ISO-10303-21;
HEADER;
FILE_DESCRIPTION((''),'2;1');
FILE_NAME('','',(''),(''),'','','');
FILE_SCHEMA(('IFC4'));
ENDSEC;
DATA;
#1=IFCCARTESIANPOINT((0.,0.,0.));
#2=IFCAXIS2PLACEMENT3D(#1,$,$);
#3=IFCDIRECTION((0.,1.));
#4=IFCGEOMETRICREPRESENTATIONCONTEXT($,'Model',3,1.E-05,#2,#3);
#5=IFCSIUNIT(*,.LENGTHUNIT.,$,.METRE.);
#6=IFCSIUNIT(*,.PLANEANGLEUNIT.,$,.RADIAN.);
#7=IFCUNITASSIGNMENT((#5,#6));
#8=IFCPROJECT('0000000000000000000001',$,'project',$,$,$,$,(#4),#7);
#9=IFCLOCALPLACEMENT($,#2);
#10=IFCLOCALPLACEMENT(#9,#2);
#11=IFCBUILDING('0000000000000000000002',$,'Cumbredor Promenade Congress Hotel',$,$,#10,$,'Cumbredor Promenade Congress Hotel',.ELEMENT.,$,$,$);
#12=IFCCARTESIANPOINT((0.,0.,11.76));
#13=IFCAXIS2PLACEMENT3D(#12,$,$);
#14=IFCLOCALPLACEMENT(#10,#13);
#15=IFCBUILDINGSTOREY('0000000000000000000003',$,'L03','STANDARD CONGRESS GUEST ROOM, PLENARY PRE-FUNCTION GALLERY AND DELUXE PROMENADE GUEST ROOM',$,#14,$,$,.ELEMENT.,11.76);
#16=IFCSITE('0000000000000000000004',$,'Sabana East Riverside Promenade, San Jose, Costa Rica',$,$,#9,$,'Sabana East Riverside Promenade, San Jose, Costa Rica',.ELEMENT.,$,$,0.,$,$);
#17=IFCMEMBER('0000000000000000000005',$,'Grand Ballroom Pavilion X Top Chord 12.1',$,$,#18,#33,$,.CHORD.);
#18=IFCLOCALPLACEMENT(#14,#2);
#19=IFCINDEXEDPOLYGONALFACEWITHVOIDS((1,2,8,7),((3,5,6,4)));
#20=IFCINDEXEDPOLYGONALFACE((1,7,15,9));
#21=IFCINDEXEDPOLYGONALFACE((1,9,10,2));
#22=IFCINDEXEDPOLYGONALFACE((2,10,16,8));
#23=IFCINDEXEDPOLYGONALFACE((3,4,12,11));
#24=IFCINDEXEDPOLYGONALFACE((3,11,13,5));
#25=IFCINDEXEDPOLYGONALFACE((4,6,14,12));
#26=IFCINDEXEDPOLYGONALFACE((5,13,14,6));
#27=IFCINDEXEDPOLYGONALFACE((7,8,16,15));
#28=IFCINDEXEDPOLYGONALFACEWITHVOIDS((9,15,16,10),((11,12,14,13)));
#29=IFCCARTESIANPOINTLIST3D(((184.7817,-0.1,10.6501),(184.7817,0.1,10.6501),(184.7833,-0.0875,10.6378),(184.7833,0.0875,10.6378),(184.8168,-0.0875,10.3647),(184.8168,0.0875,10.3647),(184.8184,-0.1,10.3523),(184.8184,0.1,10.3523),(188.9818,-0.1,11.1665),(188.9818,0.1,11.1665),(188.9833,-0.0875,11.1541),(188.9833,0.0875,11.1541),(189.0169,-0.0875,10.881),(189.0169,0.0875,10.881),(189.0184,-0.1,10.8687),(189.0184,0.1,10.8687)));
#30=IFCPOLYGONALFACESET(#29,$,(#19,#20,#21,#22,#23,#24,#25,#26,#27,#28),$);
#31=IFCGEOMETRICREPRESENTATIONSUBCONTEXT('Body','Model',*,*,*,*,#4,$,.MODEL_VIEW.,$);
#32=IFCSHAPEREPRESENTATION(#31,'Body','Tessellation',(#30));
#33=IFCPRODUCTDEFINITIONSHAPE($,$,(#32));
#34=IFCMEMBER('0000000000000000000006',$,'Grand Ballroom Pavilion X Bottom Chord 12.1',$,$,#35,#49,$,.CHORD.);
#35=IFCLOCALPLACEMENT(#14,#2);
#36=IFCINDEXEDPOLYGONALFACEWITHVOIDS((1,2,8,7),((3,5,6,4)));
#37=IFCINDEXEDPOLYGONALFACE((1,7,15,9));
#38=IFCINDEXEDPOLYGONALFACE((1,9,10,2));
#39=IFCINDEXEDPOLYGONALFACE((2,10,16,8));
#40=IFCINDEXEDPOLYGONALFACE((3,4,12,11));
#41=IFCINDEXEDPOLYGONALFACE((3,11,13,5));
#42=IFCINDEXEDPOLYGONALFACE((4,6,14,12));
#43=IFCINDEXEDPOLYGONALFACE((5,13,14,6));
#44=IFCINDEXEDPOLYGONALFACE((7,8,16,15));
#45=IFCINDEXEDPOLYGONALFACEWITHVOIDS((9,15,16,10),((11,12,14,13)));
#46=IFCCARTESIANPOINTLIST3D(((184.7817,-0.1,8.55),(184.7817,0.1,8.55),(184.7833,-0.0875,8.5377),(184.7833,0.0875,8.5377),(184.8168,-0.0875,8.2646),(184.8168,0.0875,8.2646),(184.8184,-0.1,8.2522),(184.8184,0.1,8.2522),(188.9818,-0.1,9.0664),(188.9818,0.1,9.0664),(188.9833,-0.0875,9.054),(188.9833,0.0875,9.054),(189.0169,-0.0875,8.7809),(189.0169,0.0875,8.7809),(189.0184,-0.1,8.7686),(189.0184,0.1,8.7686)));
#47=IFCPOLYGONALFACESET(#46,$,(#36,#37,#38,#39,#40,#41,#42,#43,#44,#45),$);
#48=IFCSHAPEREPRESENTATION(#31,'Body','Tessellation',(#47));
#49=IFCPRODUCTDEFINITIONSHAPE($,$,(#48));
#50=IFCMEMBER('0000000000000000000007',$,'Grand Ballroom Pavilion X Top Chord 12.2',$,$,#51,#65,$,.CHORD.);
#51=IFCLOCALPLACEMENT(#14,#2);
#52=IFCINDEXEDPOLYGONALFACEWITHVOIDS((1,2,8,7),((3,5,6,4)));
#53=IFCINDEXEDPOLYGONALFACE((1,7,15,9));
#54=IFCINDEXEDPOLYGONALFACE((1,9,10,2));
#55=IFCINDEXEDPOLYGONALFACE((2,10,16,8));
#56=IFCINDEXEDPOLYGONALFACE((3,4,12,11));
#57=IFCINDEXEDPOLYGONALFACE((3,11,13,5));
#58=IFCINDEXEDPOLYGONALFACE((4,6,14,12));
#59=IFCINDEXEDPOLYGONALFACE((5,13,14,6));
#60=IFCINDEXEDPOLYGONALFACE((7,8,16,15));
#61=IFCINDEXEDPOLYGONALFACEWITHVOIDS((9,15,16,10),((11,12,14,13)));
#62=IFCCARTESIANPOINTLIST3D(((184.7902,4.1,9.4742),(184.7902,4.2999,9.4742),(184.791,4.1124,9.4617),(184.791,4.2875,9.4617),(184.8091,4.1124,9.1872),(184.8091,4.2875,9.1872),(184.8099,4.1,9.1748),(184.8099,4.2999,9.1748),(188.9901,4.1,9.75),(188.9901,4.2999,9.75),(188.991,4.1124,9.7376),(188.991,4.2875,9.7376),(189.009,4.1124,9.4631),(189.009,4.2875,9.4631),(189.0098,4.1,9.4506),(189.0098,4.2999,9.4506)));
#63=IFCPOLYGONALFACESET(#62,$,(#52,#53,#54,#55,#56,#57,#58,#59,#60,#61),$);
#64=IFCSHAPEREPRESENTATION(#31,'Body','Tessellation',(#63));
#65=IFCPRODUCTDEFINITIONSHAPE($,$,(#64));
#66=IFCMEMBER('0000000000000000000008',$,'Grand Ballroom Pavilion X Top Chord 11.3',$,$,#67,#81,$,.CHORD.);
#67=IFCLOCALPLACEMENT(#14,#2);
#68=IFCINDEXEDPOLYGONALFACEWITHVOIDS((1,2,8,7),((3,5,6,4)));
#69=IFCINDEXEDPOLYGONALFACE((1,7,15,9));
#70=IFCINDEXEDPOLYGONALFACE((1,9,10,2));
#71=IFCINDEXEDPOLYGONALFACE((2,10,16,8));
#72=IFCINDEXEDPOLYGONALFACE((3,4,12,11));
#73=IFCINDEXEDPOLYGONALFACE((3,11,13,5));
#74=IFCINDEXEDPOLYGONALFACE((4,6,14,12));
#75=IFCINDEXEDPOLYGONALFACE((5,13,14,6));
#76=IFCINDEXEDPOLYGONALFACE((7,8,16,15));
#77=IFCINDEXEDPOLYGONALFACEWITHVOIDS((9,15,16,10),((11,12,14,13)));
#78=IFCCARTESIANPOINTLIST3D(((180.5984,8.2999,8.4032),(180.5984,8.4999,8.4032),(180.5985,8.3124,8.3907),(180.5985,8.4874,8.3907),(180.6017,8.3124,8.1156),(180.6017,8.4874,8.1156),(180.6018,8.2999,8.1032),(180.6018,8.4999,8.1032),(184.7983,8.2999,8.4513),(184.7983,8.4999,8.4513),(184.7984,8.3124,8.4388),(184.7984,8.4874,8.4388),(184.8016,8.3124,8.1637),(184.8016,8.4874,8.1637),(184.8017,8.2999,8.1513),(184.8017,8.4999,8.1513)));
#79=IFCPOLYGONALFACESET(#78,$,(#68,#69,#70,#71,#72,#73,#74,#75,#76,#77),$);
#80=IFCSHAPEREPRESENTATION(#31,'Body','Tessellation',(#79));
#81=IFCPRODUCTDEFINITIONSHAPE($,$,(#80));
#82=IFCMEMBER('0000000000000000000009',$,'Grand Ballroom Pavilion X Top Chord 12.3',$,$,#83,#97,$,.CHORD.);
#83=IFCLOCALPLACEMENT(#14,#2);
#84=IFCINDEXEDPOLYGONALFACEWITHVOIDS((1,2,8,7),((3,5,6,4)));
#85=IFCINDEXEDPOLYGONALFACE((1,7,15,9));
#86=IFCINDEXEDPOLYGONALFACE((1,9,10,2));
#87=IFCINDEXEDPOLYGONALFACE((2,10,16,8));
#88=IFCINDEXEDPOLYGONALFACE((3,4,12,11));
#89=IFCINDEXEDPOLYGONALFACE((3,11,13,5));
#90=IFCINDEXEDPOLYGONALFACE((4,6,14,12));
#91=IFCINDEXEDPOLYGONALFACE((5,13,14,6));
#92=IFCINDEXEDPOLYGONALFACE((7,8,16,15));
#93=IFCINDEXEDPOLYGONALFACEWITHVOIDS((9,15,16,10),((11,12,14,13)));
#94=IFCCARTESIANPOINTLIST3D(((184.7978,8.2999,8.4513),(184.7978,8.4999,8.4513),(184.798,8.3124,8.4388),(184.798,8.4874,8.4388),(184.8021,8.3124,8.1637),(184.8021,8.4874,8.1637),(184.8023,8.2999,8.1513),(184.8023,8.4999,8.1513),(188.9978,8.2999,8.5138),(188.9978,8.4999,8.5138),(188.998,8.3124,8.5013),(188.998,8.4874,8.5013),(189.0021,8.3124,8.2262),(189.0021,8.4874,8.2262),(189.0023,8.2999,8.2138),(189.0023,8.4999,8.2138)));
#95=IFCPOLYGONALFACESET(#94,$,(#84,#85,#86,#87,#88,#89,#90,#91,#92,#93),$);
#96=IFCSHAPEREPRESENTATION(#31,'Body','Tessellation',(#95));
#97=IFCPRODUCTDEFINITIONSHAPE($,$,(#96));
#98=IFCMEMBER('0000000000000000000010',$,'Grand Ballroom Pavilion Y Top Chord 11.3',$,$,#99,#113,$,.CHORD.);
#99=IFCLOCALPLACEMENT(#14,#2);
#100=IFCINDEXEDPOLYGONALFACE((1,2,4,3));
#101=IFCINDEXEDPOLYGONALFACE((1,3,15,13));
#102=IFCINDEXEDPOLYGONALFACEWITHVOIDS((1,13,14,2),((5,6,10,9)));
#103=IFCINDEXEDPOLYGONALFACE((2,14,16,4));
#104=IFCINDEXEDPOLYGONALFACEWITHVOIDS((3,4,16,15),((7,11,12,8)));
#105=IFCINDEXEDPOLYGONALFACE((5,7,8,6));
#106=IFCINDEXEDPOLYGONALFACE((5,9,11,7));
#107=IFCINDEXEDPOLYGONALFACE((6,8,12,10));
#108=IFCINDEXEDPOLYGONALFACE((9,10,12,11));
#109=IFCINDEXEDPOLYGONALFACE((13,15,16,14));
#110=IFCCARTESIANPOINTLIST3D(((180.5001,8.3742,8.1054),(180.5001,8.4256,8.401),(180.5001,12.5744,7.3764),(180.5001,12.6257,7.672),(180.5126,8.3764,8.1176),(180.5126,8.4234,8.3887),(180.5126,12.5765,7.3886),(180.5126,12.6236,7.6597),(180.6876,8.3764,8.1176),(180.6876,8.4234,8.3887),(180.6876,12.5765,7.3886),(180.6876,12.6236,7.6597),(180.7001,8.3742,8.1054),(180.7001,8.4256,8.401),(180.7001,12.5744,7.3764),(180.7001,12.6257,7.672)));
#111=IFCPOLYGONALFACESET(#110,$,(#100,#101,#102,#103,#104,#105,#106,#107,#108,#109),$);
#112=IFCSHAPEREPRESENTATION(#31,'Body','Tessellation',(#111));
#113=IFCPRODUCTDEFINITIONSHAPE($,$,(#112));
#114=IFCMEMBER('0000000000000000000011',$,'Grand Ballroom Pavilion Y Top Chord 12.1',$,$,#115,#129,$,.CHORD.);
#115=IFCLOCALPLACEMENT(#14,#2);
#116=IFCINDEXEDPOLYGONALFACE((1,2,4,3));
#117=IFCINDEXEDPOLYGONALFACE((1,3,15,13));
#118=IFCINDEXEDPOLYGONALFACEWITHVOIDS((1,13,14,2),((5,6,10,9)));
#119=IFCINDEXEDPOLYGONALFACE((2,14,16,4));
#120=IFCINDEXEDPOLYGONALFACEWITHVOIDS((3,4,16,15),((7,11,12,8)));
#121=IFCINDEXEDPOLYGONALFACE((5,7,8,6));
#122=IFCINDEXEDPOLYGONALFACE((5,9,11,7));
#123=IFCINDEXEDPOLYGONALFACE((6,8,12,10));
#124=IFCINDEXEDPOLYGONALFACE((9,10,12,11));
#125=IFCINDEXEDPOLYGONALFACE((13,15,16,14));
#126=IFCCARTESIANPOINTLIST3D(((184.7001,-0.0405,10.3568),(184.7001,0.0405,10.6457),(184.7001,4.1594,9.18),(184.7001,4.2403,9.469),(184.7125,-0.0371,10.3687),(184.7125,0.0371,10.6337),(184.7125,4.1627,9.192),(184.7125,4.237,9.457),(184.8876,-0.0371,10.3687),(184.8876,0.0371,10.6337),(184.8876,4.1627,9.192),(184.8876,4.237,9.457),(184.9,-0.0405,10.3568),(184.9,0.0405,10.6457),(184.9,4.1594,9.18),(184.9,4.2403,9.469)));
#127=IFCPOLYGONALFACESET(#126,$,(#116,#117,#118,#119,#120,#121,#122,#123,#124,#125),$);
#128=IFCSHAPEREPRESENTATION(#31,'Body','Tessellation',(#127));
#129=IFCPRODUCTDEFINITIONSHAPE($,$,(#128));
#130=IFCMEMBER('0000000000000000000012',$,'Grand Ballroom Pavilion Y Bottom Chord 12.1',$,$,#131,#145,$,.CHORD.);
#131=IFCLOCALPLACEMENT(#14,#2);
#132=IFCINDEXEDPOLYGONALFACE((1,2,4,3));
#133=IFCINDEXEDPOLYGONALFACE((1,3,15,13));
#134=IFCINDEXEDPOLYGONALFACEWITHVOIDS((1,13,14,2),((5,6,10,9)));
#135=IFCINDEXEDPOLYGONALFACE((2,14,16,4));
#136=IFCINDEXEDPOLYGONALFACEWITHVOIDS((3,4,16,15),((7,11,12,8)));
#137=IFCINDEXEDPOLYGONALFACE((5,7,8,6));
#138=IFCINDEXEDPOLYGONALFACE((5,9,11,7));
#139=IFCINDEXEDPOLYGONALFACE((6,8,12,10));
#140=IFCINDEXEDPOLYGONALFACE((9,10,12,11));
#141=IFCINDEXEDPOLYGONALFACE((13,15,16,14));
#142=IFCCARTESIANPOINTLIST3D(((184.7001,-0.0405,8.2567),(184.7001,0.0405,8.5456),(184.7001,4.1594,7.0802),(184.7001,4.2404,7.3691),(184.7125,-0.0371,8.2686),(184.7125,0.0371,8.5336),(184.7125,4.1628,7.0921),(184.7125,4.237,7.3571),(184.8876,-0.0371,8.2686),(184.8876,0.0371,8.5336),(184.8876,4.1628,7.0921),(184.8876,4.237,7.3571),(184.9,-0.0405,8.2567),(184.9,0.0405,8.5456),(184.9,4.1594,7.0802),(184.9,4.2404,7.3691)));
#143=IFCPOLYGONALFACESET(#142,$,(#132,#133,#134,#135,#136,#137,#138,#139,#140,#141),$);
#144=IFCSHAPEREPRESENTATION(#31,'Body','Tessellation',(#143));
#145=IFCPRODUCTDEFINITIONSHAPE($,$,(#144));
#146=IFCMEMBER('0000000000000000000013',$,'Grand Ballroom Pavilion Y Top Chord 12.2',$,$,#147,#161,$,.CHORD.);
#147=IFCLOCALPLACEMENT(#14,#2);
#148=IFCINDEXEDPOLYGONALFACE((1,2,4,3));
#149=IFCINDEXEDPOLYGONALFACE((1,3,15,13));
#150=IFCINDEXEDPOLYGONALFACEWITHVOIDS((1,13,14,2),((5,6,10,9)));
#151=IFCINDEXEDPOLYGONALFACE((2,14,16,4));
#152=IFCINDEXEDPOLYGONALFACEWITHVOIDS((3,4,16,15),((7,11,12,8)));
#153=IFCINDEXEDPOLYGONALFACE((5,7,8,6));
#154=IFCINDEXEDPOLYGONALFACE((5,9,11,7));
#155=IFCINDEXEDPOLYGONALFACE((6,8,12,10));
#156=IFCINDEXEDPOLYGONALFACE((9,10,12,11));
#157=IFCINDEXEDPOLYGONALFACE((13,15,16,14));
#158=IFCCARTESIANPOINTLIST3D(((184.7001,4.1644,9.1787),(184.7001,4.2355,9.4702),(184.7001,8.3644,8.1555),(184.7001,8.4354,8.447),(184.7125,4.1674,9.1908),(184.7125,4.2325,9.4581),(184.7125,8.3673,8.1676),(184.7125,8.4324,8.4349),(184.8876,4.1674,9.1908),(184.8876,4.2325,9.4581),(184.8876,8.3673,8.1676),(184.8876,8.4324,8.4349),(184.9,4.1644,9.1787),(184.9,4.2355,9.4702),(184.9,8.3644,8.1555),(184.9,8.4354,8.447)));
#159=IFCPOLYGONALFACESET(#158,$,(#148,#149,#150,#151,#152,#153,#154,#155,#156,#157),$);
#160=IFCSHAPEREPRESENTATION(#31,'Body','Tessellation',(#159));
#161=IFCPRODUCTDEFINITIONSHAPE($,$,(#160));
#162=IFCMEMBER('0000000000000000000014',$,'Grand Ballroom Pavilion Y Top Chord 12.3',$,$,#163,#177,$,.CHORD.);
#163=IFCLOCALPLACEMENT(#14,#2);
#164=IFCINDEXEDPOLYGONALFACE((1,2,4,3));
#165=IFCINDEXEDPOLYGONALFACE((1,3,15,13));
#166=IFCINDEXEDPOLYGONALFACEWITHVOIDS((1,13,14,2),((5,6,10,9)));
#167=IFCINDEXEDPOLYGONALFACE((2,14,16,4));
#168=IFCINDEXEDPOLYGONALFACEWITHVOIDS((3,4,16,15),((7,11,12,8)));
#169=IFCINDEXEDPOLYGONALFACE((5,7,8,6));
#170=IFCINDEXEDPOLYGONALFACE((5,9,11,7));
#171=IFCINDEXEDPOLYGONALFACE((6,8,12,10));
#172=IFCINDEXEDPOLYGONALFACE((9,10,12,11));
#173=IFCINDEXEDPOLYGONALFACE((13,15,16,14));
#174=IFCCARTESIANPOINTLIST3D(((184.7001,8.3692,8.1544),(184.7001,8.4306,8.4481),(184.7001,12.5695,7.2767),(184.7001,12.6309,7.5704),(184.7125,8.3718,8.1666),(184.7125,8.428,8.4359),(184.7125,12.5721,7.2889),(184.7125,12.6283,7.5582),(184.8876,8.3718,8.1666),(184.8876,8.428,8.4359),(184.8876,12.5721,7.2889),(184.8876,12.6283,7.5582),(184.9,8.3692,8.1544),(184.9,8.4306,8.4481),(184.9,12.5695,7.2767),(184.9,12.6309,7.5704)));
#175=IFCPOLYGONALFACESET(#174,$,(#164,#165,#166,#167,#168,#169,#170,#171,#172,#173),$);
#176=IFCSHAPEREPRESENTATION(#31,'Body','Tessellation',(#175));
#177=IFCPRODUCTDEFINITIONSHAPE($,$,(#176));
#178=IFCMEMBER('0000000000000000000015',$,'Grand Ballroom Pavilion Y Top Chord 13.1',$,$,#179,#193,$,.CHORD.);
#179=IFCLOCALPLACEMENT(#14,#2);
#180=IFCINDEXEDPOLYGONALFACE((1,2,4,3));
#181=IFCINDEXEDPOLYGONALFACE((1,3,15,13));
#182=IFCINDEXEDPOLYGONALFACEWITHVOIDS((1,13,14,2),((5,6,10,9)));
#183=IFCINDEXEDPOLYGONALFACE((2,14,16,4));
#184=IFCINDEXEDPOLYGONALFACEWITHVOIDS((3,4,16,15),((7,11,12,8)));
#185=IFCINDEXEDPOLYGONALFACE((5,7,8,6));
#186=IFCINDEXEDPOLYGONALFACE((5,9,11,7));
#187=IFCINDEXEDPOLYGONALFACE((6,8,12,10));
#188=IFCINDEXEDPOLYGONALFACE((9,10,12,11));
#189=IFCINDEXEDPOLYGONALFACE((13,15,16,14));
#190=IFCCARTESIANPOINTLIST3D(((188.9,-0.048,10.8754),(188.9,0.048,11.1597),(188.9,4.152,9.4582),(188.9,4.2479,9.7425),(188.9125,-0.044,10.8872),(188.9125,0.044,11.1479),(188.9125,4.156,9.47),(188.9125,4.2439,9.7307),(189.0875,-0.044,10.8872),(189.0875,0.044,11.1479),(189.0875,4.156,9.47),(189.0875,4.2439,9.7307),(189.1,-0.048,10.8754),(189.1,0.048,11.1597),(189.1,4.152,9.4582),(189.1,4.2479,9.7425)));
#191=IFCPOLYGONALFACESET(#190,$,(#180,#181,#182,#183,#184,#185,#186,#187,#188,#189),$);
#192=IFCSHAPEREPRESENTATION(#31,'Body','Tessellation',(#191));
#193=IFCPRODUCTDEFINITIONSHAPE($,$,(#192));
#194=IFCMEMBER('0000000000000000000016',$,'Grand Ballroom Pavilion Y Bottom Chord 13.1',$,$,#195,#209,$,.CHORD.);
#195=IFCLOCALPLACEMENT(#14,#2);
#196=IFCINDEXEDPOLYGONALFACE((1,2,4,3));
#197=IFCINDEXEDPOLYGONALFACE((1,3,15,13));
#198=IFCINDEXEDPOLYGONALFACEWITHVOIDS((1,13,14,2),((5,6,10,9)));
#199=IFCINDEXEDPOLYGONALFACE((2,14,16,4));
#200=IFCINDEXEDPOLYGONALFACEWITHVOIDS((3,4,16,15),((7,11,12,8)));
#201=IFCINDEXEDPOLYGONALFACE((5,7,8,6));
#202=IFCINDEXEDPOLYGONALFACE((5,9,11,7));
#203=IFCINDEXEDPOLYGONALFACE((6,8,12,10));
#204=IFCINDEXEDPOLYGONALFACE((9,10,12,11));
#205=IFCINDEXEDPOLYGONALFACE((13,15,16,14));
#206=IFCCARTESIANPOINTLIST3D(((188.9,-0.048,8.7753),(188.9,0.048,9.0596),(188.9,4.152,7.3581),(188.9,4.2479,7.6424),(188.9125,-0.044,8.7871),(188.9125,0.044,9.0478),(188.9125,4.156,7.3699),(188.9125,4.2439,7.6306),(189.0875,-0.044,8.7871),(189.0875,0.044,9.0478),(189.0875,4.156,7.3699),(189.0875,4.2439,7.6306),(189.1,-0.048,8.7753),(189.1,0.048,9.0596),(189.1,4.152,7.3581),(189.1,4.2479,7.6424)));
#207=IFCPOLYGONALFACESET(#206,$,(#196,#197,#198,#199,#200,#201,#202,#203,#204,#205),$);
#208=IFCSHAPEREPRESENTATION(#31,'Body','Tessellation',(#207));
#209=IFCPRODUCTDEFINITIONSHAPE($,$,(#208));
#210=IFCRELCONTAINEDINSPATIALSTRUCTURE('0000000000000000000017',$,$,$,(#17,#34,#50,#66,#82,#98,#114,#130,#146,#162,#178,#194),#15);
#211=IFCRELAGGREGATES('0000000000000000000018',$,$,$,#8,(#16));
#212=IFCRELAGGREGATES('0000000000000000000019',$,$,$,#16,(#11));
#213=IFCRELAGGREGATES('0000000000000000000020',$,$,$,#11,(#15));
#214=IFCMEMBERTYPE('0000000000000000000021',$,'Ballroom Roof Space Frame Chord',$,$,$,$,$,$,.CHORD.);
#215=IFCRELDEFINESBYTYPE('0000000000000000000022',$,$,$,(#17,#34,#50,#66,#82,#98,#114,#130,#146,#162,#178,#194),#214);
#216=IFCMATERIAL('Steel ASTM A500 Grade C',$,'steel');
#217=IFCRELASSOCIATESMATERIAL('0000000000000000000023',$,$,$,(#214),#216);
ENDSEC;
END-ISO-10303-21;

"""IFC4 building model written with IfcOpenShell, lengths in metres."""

from ifc_helpers import new_model, si_unit, direction, frame, origin, origin_2d, place, context, subcontext, project, spatial, hollow_rectangle, extrude, material, material_profile, profile_set, type_object, element, save


model = new_model("IFC4")

# Units and contexts
model_context = context("Model", 3, precision=1e-05, world=origin(), true_north=direction((0.0, 1.0)))
body_context = subcontext(model_context, "Body", "Model", "MODEL_VIEW")
ifc_project = project(units=[si_unit("LENGTHUNIT", "METRE"), si_unit("PLANEANGLEUNIT", "RADIAN")], contexts=[model_context])

# Site, building, storey
site_placement = place(None, origin())
site = spatial("IfcSite", under=ifc_project, at=site_placement, Name="Sabana East Riverside Promenade, San Jose, Costa Rica", LongName="Sabana East Riverside Promenade, San Jose, Costa Rica", CompositionType="ELEMENT", RefElevation=0.0)
building_placement = place(site_placement, origin())
building = spatial("IfcBuilding", under=site, at=building_placement, Name="Cumbredor Promenade Congress Hotel", LongName="Cumbredor Promenade Congress Hotel", CompositionType="ELEMENT")
storey_placement = place(building_placement, frame((0.0, 0.0, 11.76)))
storey = spatial("IfcBuildingStorey", under=building, at=storey_placement, Name="L03", Description="STANDARD CONGRESS GUEST ROOM, PLENARY PRE-FUNCTION GALLERY AND DELUXE PROMENADE GUEST ROOM", CompositionType="ELEMENT", Elevation=11.76)

# Members
ifc_material_1 = material(Name="Steel ASTM A500 Grade C", Category="steel")
ifc_material_profile_1 = material_profile(ifc_material_1, hollow_rectangle(XDim=0.2, YDim=0.3, WallThickness=0.0125, at=origin_2d()), Name="HSS 300x200x12.5")
ifc_profile_set_1 = profile_set([ifc_material_profile_1], Name="Steel ASTM A500 Grade C")
member_type_1 = type_object("IfcMemberType", Name="Ballroom Roof Space Frame Chord", PredefinedType="CHORD", material=ifc_profile_set_1)
for number, where, z_axis, x_axis, name in (
    (1, (184.8, 0.0, 10.5012), (0.992527, 0.0, 0.122025), (0.0, 1.0, 0.0), "Grand Ballroom Pavilion X Top Chord 12.1"),
    (2, (184.8, 0.0, 8.4011), (0.992527, 0.0, 0.122025), (0.0, 1.0, 0.0), "Grand Ballroom Pavilion X Bottom Chord 12.1"),
):
    element("IfcMember", number, at=place(storey_placement, frame(where, z_axis=z_axis, x_axis=x_axis)), inside=storey, type_object=member_type_1, Name=name, PredefinedType="CHORD", context=body_context, shape_type="SweptSolid", body=[
        extrude(hollow_rectangle(XDim=0.2, YDim=0.3, WallThickness=0.0125, at=origin_2d()), origin(), (0.0, 0.0, 1.0), 4.2317),
    ])
member_1_placement = place(storey_placement, frame((184.8, 4.2, 9.3245), z_axis=(0.99785, 0.0, 0.065545), x_axis=(0.0, 1.0, 0.0)))
element("IfcMember", 3, at=member_1_placement, inside=storey, type_object=member_type_1, Name="Grand Ballroom Pavilion X Top Chord 12.2", PredefinedType="CHORD", context=body_context, shape_type="SweptSolid", body=[
    extrude(hollow_rectangle(XDim=0.2, YDim=0.3, WallThickness=0.0125, at=origin_2d()), origin(), (0.0, 0.0, 1.0), 4.209),
])
member_2_placement = place(storey_placement, frame((180.6001, 8.3999, 8.2532), z_axis=(0.999934, 0.0, 0.011451), x_axis=(0.0, 1.0, 0.0)))
element("IfcMember", 4, at=member_2_placement, inside=storey, type_object=member_type_1, Name="Grand Ballroom Pavilion X Top Chord 11.3", PredefinedType="CHORD", context=body_context, shape_type="SweptSolid", body=[
    extrude(hollow_rectangle(XDim=0.2, YDim=0.3, WallThickness=0.0125, at=origin_2d()), origin(), (0.0, 0.0, 1.0), 4.2002),
])
member_3_placement = place(storey_placement, frame((184.8, 8.3999, 8.3013), z_axis=(0.999889, 0.0, 0.014879), x_axis=(0.0, 1.0, 0.0)))
element("IfcMember", 5, at=member_3_placement, inside=storey, type_object=member_type_1, Name="Grand Ballroom Pavilion X Top Chord 12.3", PredefinedType="CHORD", context=body_context, shape_type="SweptSolid", body=[
    extrude(hollow_rectangle(XDim=0.2, YDim=0.3, WallThickness=0.0125, at=origin_2d()), origin(), (0.0, 0.0, 1.0), 4.2004),
])
member_4_placement = place(storey_placement, frame((180.6001, 8.3999, 8.2532), z_axis=(0.0, 0.98527, -0.171008), x_axis=(-1.0, 0.0, 0.0)))
element("IfcMember", 6, at=member_4_placement, inside=storey, type_object=member_type_1, Name="Grand Ballroom Pavilion Y Top Chord 11.3", PredefinedType="CHORD", context=body_context, shape_type="SweptSolid", body=[
    extrude(hollow_rectangle(XDim=0.2, YDim=0.3, WallThickness=0.0125, at=origin_2d()), origin(), (0.0, 0.0, 1.0), 4.2629),
])
for number, where, z_axis, x_axis, name in (
    (7, (184.8, 0.0, 10.5012), (0.0, 0.962918, -0.269794), (-1.0, 0.0, 0.0), "Grand Ballroom Pavilion Y Top Chord 12.1"),
    (8, (184.8, 0.0, 8.4011), (0.0, 0.962933, -0.269742), (-1.0, 0.0, 0.0), "Grand Ballroom Pavilion Y Bottom Chord 12.1"),
):
    element("IfcMember", number, at=place(storey_placement, frame(where, z_axis=z_axis, x_axis=x_axis)), inside=storey, type_object=member_type_1, Name=name, PredefinedType="CHORD", context=body_context, shape_type="SweptSolid", body=[
        extrude(hollow_rectangle(XDim=0.2, YDim=0.3, WallThickness=0.0125, at=origin_2d()), origin(), (0.0, 0.0, 1.0), 4.3616),
    ])
member_5_placement = place(storey_placement, frame((184.8, 4.2, 9.3245), z_axis=(0.0, 0.971583, -0.236697), x_axis=(-1.0, 0.0, 0.0)))
element("IfcMember", 9, at=member_5_placement, inside=storey, type_object=member_type_1, Name="Grand Ballroom Pavilion Y Top Chord 12.2", PredefinedType="CHORD", context=body_context, shape_type="SweptSolid", body=[
    extrude(hollow_rectangle(XDim=0.2, YDim=0.3, WallThickness=0.0125, at=origin_2d()), origin(), (0.0, 0.0, 1.0), 4.3228),
])
member_6_placement = place(storey_placement, frame((184.8, 8.3999, 8.3013), z_axis=(0.0, 0.978857, -0.204545), x_axis=(-1.0, 0.0, 0.0)))
element("IfcMember", 10, at=member_6_placement, inside=storey, type_object=member_type_1, Name="Grand Ballroom Pavilion Y Top Chord 12.3", PredefinedType="CHORD", context=body_context, shape_type="SweptSolid", body=[
    extrude(hollow_rectangle(XDim=0.2, YDim=0.3, WallThickness=0.0125, at=origin_2d()), origin(), (0.0, 0.0, 1.0), 4.291),
])
for number, where, z_axis, x_axis, name in (
    (11, (189.0, 0.0, 11.0176), (0.0, 0.947509, -0.319729), (-1.0, 0.0, 0.0), "Grand Ballroom Pavilion Y Top Chord 13.1"),
    (12, (189.0, 0.0, 8.9175), (0.0, 0.947509, -0.319729), (-1.0, 0.0, 0.0), "Grand Ballroom Pavilion Y Bottom Chord 13.1"),
):
    element("IfcMember", number, at=place(storey_placement, frame(where, z_axis=z_axis, x_axis=x_axis)), inside=storey, type_object=member_type_1, Name=name, PredefinedType="CHORD", context=body_context, shape_type="SweptSolid", body=[
        extrude(hollow_rectangle(XDim=0.2, YDim=0.3, WallThickness=0.0125, at=origin_2d()), origin(), (0.0, 0.0, 1.0), 4.4326),
    ])

save(model, "model.ifc")
